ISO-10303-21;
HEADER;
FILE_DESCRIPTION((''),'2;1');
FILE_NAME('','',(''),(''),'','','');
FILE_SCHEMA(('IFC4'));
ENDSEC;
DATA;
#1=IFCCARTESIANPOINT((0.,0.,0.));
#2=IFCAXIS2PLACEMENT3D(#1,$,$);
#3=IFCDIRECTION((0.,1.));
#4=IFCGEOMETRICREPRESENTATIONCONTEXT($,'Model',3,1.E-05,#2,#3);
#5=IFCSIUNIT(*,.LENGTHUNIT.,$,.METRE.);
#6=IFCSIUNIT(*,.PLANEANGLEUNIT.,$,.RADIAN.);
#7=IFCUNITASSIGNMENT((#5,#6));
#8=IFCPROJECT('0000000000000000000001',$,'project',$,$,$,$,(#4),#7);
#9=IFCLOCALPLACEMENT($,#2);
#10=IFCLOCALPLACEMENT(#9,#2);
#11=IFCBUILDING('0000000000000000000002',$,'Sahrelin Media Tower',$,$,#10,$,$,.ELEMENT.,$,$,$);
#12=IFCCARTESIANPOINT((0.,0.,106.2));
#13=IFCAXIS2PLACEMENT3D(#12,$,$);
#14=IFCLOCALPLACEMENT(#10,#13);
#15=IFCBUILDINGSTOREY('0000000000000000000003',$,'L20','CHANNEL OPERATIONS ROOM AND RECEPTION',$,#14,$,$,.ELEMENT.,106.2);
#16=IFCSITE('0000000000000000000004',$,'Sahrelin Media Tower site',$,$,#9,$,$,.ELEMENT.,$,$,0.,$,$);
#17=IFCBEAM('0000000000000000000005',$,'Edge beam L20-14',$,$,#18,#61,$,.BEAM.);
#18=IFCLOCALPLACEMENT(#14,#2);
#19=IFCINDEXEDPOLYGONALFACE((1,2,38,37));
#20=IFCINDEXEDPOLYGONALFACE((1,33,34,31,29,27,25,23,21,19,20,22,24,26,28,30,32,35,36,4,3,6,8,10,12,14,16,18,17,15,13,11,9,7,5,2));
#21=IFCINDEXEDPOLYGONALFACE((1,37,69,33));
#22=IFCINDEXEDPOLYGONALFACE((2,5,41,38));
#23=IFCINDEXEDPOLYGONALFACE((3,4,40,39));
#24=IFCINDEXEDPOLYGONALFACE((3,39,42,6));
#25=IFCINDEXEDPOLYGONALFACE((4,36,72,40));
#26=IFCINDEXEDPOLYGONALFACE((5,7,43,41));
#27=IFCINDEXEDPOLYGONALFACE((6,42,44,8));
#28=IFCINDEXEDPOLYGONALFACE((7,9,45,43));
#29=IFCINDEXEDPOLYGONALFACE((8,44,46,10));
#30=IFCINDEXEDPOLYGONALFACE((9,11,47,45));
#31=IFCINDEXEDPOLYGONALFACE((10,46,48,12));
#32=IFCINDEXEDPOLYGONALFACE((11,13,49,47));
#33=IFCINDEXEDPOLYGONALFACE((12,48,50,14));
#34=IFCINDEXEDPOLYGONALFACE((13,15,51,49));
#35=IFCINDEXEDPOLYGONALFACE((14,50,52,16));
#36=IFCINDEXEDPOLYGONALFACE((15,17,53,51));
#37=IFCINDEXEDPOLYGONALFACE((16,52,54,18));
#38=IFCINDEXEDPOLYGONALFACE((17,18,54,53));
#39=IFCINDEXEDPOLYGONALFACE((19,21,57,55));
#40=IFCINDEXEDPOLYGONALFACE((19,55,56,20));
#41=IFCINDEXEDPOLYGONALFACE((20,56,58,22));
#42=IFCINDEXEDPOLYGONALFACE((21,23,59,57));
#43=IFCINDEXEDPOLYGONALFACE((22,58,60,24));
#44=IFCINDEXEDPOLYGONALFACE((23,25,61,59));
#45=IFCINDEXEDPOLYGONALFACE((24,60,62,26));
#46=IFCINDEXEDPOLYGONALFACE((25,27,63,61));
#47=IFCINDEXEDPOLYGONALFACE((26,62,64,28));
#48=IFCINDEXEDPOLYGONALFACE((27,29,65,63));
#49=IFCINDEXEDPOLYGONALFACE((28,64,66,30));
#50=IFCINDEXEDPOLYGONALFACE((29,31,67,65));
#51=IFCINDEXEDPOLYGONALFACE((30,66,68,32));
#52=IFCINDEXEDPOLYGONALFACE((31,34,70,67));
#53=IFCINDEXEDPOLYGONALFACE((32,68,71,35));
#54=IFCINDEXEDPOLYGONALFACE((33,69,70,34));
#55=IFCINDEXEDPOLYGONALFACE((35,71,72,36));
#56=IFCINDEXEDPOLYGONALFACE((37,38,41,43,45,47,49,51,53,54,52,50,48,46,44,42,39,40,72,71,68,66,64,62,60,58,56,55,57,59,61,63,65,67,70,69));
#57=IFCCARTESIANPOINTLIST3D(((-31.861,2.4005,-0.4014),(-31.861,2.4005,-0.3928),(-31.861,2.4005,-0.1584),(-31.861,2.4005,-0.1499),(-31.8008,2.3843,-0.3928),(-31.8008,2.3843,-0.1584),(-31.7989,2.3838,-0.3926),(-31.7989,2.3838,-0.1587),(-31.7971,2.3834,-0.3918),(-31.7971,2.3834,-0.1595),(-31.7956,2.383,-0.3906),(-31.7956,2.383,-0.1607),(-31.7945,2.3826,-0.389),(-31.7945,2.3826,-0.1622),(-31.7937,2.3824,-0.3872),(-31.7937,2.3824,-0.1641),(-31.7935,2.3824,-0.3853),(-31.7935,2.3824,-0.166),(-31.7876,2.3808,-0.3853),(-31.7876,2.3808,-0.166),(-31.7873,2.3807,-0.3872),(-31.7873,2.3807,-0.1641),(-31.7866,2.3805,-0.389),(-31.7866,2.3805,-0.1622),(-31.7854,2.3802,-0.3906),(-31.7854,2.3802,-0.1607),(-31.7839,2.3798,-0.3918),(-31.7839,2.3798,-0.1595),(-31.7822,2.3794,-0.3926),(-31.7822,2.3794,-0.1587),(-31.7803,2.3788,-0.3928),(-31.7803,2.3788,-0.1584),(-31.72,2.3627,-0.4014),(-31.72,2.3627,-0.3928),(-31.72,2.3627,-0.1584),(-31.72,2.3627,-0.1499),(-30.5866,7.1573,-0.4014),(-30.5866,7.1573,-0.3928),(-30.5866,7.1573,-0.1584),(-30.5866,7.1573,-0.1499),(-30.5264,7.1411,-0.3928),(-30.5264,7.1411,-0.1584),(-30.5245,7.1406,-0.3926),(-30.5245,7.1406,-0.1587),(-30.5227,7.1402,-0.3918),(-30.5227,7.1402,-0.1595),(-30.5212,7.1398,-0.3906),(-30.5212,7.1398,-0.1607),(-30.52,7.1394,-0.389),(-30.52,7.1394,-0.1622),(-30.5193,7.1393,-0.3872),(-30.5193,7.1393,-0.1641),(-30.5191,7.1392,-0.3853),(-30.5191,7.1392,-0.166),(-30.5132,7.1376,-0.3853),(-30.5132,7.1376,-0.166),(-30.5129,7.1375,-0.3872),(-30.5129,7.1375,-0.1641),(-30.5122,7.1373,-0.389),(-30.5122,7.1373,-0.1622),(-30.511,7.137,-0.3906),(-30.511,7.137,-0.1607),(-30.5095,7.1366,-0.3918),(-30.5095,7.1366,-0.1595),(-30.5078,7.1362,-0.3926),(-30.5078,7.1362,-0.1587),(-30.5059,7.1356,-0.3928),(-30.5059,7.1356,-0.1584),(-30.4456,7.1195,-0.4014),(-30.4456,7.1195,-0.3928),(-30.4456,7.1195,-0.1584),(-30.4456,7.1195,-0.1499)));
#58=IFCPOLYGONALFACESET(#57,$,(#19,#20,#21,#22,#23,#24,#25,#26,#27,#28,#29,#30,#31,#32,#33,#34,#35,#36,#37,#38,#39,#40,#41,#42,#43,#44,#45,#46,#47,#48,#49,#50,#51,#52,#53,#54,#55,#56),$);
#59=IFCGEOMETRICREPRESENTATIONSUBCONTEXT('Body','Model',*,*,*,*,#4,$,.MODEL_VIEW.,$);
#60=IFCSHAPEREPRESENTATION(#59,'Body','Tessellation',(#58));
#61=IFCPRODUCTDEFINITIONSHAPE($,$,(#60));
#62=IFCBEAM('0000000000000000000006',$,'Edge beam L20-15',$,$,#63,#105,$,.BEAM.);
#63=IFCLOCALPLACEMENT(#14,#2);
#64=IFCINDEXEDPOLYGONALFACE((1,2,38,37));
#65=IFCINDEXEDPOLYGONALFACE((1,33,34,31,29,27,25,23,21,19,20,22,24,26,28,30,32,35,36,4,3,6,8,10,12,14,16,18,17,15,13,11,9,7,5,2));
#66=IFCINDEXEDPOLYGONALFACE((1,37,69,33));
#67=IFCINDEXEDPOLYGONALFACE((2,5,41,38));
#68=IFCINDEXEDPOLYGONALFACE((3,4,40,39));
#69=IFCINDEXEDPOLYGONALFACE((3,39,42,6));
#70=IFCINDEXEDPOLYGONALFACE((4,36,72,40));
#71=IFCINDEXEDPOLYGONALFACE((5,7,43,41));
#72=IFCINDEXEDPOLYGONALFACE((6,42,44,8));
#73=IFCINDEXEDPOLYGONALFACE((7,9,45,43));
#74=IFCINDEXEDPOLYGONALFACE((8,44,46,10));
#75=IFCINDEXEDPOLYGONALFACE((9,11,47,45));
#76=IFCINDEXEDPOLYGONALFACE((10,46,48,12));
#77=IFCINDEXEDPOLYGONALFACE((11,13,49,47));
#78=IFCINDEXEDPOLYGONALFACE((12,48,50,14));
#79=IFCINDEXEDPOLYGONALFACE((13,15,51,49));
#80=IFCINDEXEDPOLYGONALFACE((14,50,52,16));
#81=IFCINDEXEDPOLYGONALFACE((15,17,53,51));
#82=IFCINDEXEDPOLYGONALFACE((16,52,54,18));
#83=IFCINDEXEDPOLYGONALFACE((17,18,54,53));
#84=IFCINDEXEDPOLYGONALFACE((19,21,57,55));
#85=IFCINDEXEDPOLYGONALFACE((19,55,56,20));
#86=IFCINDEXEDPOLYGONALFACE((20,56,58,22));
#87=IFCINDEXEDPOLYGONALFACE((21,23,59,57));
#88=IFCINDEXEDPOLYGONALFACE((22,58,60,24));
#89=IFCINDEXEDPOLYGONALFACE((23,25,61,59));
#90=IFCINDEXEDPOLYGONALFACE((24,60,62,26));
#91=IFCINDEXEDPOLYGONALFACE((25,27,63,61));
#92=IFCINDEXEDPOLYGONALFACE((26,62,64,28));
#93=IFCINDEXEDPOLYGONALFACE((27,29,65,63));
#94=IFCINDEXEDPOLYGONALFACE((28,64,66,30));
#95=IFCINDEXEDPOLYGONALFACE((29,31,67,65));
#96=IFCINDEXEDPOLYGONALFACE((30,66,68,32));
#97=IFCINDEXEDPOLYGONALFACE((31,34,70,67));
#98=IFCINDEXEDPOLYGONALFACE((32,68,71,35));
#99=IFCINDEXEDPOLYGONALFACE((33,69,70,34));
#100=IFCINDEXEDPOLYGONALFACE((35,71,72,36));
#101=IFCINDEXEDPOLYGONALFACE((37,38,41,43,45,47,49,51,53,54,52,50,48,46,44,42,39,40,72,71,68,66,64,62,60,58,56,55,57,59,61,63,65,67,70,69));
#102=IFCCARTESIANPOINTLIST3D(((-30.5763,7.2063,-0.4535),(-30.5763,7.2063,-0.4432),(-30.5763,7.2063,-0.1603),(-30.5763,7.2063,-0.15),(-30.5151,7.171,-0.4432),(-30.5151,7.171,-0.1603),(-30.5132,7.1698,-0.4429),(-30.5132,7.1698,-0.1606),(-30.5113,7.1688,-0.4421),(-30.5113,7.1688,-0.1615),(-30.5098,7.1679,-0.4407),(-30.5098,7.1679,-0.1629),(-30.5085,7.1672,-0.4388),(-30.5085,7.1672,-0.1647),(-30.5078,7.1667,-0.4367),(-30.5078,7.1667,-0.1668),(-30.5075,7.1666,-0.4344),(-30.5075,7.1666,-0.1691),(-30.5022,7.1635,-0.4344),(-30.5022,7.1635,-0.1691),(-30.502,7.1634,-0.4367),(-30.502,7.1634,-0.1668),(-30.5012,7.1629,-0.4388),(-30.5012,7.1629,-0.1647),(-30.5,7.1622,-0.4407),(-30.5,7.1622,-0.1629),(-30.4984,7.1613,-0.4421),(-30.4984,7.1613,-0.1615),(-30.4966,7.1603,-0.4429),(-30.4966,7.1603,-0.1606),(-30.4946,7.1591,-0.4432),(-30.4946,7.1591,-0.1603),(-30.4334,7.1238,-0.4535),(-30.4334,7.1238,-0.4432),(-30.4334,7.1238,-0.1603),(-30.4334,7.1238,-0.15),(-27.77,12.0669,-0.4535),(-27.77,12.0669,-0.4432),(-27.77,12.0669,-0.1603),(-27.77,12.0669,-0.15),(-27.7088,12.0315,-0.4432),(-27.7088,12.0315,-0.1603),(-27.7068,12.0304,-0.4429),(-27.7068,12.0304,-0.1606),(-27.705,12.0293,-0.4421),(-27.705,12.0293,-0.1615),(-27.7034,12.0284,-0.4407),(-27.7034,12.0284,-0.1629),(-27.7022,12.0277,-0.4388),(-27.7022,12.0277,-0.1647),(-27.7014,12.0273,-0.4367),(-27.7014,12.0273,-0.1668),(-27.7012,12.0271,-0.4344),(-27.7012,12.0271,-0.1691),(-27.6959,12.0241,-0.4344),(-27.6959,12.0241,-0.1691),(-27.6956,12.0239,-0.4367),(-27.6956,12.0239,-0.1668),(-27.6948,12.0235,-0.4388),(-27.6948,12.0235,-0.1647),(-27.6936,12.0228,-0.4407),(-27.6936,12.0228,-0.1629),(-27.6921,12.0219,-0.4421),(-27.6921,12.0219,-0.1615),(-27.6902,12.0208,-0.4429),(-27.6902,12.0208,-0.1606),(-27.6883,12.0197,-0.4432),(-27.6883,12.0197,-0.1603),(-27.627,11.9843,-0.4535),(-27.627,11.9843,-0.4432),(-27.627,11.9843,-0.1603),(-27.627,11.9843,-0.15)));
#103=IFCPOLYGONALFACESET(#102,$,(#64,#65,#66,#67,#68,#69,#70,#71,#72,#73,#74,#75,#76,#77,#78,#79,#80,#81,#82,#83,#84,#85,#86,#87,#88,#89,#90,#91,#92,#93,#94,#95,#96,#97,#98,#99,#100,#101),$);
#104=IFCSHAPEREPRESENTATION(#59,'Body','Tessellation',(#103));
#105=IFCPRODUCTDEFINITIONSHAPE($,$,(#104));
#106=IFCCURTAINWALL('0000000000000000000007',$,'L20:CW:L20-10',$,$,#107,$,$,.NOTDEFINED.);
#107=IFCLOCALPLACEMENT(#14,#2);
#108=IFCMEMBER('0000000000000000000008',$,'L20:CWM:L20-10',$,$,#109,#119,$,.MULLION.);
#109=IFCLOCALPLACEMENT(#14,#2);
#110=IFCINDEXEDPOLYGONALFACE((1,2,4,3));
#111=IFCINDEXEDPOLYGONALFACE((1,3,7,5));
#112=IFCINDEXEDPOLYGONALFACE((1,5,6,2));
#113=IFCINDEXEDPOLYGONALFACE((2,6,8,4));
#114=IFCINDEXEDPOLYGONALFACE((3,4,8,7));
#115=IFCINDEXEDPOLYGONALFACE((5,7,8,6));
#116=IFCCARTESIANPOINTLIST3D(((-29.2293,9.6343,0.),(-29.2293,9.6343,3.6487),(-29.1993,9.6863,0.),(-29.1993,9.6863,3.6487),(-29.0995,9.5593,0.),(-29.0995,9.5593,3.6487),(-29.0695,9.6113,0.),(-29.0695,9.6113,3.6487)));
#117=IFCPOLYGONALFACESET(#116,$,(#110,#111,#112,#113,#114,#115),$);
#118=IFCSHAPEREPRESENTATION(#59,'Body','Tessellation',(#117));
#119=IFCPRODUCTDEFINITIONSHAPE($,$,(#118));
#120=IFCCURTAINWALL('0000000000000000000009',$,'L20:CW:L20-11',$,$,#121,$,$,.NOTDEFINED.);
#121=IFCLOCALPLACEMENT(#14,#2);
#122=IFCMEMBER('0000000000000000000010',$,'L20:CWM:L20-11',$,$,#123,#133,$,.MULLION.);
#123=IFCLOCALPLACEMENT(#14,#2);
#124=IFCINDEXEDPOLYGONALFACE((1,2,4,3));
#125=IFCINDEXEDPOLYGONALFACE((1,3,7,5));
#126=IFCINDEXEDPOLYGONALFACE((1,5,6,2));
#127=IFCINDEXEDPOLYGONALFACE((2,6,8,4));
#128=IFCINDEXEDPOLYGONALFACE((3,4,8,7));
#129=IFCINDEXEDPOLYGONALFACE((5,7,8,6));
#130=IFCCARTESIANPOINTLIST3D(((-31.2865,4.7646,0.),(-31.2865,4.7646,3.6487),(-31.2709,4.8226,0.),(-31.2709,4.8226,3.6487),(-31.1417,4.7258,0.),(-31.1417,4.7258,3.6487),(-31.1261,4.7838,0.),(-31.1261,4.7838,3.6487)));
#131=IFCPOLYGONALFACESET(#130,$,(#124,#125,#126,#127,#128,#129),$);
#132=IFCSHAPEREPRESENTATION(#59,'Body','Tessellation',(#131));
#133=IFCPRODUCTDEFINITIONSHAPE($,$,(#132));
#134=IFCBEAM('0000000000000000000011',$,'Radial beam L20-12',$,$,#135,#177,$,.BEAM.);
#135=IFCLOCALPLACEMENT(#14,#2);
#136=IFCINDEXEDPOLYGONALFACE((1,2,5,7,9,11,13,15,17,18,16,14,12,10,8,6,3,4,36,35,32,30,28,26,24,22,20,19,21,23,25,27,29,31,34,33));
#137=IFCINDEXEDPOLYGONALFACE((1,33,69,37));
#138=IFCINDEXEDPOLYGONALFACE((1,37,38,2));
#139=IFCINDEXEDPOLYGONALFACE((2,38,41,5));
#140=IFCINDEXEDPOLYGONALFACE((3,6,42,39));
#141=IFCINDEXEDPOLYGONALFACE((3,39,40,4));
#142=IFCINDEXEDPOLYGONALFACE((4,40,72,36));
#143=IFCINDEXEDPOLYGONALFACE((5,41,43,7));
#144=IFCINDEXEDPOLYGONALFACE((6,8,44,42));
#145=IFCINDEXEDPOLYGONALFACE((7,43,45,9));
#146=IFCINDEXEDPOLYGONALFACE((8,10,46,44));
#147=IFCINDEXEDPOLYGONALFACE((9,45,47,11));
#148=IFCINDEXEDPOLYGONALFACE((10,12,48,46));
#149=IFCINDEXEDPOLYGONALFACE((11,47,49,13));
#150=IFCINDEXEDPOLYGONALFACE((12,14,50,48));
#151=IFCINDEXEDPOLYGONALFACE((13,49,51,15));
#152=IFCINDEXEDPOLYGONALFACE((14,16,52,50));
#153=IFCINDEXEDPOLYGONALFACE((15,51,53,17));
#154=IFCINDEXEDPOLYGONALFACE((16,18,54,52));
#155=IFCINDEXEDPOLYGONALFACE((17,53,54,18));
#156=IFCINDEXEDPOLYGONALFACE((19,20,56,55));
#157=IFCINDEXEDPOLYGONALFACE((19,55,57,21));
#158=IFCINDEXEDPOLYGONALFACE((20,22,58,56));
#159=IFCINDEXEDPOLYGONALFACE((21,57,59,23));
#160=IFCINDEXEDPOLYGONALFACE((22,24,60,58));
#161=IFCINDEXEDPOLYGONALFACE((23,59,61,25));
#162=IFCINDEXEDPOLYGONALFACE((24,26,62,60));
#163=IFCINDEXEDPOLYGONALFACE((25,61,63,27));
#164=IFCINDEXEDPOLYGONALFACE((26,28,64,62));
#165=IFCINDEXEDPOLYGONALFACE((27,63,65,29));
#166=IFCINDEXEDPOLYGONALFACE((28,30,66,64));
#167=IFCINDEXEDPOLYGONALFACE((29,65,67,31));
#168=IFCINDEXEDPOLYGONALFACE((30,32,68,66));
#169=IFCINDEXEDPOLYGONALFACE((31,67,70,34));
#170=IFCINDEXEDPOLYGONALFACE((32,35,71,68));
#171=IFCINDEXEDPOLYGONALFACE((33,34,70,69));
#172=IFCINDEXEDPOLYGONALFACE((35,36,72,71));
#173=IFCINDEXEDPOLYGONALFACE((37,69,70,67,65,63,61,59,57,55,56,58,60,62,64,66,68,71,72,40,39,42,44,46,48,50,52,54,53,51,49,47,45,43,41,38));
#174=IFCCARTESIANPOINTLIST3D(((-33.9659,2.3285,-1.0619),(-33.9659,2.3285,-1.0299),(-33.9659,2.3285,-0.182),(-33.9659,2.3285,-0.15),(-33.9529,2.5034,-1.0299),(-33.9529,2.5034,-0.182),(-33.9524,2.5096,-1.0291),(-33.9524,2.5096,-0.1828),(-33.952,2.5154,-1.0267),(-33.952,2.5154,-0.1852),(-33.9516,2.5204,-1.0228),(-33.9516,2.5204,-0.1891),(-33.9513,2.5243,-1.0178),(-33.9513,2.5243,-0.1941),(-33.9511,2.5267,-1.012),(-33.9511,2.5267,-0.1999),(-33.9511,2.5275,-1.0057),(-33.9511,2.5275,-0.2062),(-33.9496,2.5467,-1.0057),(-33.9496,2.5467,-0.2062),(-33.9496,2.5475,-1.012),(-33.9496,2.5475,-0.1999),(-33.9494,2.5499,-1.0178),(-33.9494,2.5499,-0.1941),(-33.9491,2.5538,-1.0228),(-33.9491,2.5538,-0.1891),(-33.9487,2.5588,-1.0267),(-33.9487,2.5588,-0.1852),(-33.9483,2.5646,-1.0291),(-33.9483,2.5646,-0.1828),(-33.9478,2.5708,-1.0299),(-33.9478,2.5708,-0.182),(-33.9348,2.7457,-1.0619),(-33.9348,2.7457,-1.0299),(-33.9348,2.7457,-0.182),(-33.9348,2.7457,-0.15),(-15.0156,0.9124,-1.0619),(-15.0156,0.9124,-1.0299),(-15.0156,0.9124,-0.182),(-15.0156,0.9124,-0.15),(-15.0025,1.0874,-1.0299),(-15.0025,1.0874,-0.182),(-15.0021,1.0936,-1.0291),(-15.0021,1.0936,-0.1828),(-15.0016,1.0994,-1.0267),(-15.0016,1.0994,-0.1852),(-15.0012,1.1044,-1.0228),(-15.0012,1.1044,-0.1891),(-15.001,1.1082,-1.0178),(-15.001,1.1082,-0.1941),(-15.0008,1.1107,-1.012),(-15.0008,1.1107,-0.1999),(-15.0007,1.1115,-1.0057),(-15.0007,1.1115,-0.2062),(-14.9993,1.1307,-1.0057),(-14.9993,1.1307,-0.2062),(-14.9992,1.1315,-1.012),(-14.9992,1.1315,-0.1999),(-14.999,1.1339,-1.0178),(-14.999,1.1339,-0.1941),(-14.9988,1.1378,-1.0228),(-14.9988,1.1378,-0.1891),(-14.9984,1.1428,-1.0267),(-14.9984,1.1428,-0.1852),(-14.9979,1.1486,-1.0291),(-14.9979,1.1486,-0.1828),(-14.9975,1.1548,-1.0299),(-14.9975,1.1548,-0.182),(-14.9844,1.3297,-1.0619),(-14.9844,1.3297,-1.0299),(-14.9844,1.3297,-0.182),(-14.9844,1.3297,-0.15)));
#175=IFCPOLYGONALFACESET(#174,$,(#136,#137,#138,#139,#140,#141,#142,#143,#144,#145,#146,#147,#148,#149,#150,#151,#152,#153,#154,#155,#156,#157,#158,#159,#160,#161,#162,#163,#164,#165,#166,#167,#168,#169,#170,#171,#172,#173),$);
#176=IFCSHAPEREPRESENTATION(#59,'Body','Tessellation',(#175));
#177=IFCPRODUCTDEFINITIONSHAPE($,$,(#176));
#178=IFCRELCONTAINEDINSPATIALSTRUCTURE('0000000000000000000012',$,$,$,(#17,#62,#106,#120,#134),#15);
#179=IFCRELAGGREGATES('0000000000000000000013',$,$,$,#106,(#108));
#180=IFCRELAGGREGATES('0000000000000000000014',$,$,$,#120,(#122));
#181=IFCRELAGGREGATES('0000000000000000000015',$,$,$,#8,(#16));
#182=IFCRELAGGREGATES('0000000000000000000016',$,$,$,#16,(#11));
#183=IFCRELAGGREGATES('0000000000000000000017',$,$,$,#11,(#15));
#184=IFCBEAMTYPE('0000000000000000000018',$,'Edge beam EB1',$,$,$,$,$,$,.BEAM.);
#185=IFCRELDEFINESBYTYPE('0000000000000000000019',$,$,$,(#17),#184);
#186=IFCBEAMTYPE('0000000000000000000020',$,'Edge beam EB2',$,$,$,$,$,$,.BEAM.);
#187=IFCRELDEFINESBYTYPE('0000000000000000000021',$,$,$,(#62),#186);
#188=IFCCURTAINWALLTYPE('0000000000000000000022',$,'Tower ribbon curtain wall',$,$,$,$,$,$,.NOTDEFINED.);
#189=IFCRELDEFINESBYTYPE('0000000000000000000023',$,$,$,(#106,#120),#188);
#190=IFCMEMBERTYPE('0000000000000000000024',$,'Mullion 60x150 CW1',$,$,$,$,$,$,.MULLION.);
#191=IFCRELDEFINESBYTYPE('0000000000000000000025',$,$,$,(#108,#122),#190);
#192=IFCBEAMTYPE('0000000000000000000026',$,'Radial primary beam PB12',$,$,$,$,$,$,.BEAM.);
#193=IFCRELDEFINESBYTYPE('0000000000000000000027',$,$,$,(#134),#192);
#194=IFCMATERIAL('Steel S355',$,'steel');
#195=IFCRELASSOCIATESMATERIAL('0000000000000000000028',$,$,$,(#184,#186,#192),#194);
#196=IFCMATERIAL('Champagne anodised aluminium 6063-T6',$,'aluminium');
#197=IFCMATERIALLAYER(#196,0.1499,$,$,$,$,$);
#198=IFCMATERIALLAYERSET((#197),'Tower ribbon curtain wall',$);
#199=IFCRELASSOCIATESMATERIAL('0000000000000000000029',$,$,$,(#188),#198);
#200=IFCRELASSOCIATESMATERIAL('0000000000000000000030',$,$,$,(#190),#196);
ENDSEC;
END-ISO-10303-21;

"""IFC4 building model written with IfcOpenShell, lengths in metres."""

from ifc_helpers import new_model, si_unit, direction, frame, origin, origin_2d, place, context, subcontext, project, spatial, rectangle, i_section, extrude, material, layer, layer_set, material_profile, profile_set, type_object, element, aggregate, save


model = new_model("IFC4")

# Units and contexts
model_context = context("Model", 3, precision=1e-05, world=origin(), true_north=direction((0.0, 1.0)))
body_context = subcontext(model_context, "Body", "Model", "MODEL_VIEW")
ifc_project = project(units=[si_unit("LENGTHUNIT", "METRE"), si_unit("PLANEANGLEUNIT", "RADIAN")], contexts=[model_context])

# Site, building, storey
site_placement = place(None, origin())
site = spatial("IfcSite", under=ifc_project, at=site_placement, Name="Sahrelin Media Tower site", CompositionType="ELEMENT", RefElevation=0.0)
building_placement = place(site_placement, origin())
building = spatial("IfcBuilding", under=site, at=building_placement, Name="Sahrelin Media Tower", CompositionType="ELEMENT")
storey_placement = place(building_placement, frame((0.0, 0.0, 106.2)))
storey = spatial("IfcBuildingStorey", under=building, at=storey_placement, Name="L20", Description="CHANNEL OPERATIONS ROOM AND RECEPTION", CompositionType="ELEMENT", Elevation=106.2)

# Beams
ifc_material_1 = material(Name="Steel S355", Category="steel")
ifc_material_profile_1 = material_profile(ifc_material_1, i_section(OverallWidth=0.146, OverallDepth=0.2515, WebThickness=0.0061, FlangeThickness=0.0085, FilletRadius=0.0076, at=origin_2d()), Name="UB 254x146x31")
ifc_profile_set_1 = profile_set([ifc_material_profile_1], Name="Steel S355")
beam_type_1 = type_object("IfcBeamType", Name="Edge beam EB1", PredefinedType="BEAM", material=ifc_profile_set_1)
beam_1_placement = place(storey_placement, frame((-31.7905, 2.3816, -0.2756), z_axis=(0.258786, 0.965935, 0.0), x_axis=(-0.965935, 0.258786, 0.0)))
element("IfcBeam", 1, at=beam_1_placement, inside=storey, type_object=beam_type_1, Name="Edge beam L20-14", PredefinedType="BEAM", context=body_context, shape_type="SweptSolid", body=[
    extrude(i_section(OverallWidth=0.146, OverallDepth=0.2515, WebThickness=0.0061, FlangeThickness=0.0085, FilletRadius=0.0076, at=origin_2d()), origin(), (0.0, 0.0, 1.0), 4.9246),
])
ifc_material_profile_2 = material_profile(ifc_material_1, i_section(OverallWidth=0.165, OverallDepth=0.3035, WebThickness=0.0061, FlangeThickness=0.0103, FilletRadius=0.0088, at=origin_2d()), Name="UB 305x165x40")
ifc_profile_set_2 = profile_set([ifc_material_profile_2], Name="Steel S355")
beam_type_2 = type_object("IfcBeamType", Name="Edge beam EB2", PredefinedType="BEAM", material=ifc_profile_set_2)
beam_2_placement = place(storey_placement, frame((-30.5049, 7.165, -0.3018), z_axis=(0.500017, 0.866015, 0.0), x_axis=(-0.866015, 0.500017, 0.0)))
element("IfcBeam", 2, at=beam_2_placement, inside=storey, type_object=beam_type_2, Name="Edge beam L20-15", PredefinedType="BEAM", context=body_context, shape_type="SweptSolid", body=[
    extrude(i_section(OverallWidth=0.165, OverallDepth=0.3035, WebThickness=0.0061, FlangeThickness=0.0103, FilletRadius=0.0088, at=origin_2d()), origin(), (0.0, 0.0, 1.0), 5.6125),
])

# Curtain walls, members
ifc_material_2 = material(Name="Champagne anodised aluminium 6063-T6", Category="aluminium")
ifc_layer_1 = layer(ifc_material_2, 0.1499)
ifc_layer_set_1 = layer_set([ifc_layer_1], Name="Tower ribbon curtain wall")
curtain_wall_type = type_object("IfcCurtainWallType", Name="Tower ribbon curtain wall", PredefinedType="NOTDEFINED", material=ifc_layer_set_1)
curtain_wall_1_placement = place(storey_placement, frame((-29.2317, 9.6704, 0.0), z_axis=(0.0, 0.0, 1.0), x_axis=(1.0, 0.0, 0.0)))
curtain_wall_1 = element("IfcCurtainWall", 3, at=curtain_wall_1_placement, inside=storey, type_object=curtain_wall_type, Name="L20:CW:L20-10", PredefinedType="NOTDEFINED")
ifc_material_profile_3 = material_profile(ifc_material_2, rectangle(XDim=0.0601, YDim=0.1499, at=origin_2d()), Name="Mullion 60x150")
ifc_profile_set_3 = profile_set([ifc_material_profile_3], Name="Champagne anodised aluminium 6063-T6")
member_type_1 = type_object("IfcMemberType", Name="Mullion 60x150 CW1", PredefinedType="MULLION", material=ifc_profile_set_3)
member_1_placement = place(storey_placement, frame((-29.1494, 9.6228, 0.0), z_axis=(0.0, 0.0, 1.0), x_axis=(-0.500005, -0.866023, 0.0)))
member_1 = element("IfcMember", 4, at=member_1_placement, type_object=member_type_1, Name="L20:CWM:L20-10", PredefinedType="MULLION", context=body_context, shape_type="SweptSolid", body=[
    extrude(rectangle(XDim=0.0601, YDim=0.1499, at=origin_2d()), origin(), (0.0, 0.0, 1.0), 3.6487),
])
aggregate(curtain_wall_1, [member_1])
curtain_wall_2_placement = place(storey_placement, frame((-31.2981, 4.7986, 0.0), z_axis=(0.0, 0.0, 1.0), x_axis=(1.0, 0.0, 0.0)))
curtain_wall_2 = element("IfcCurtainWall", 5, at=curtain_wall_2_placement, inside=storey, type_object=curtain_wall_type, Name="L20:CW:L20-11", PredefinedType="NOTDEFINED")
member_2_placement = place(storey_placement, frame((-31.2063, 4.7742, 0.0), z_axis=(0.0, 0.0, 1.0), x_axis=(-0.258811, -0.965928, 0.0)))
member_2 = element("IfcMember", 6, at=member_2_placement, type_object=member_type_1, Name="L20:CWM:L20-11", PredefinedType="MULLION", context=body_context, shape_type="SweptSolid", body=[
    extrude(rectangle(XDim=0.0601, YDim=0.1499, at=origin_2d()), origin(), (0.0, 0.0, 1.0), 3.6487),
])

# Beam
ifc_material_profile_4 = material_profile(ifc_material_1, i_section(OverallWidth=0.4185, OverallDepth=0.9119, WebThickness=0.0193, FlangeThickness=0.032, FilletRadius=0.0242, at=origin_2d()), Name="UB 914x419x343")
ifc_profile_set_4 = profile_set([ifc_material_profile_4], Name="Steel S355")
beam_type_3 = type_object("IfcBeamType", Name="Radial primary beam PB12", PredefinedType="BEAM", material=ifc_profile_set_4)
beam_3_placement = place(storey_placement, frame((-15.0, 1.1211, -0.606), z_axis=(-0.99722, 0.074514, 0.0), x_axis=(-0.074514, -0.99722, 0.0)))
element("IfcBeam", 7, at=beam_3_placement, inside=storey, type_object=beam_type_3, Name="Radial beam L20-12", PredefinedType="BEAM", context=body_context, shape_type="SweptSolid", body=[
    extrude(i_section(OverallWidth=0.4185, OverallDepth=0.9119, WebThickness=0.0193, FlangeThickness=0.032, FilletRadius=0.0242, at=origin_2d()), origin(), (0.0, 0.0, 1.0), 19.0032),
])

aggregate(curtain_wall_2, [member_2])

save(model, "model.ifc")
